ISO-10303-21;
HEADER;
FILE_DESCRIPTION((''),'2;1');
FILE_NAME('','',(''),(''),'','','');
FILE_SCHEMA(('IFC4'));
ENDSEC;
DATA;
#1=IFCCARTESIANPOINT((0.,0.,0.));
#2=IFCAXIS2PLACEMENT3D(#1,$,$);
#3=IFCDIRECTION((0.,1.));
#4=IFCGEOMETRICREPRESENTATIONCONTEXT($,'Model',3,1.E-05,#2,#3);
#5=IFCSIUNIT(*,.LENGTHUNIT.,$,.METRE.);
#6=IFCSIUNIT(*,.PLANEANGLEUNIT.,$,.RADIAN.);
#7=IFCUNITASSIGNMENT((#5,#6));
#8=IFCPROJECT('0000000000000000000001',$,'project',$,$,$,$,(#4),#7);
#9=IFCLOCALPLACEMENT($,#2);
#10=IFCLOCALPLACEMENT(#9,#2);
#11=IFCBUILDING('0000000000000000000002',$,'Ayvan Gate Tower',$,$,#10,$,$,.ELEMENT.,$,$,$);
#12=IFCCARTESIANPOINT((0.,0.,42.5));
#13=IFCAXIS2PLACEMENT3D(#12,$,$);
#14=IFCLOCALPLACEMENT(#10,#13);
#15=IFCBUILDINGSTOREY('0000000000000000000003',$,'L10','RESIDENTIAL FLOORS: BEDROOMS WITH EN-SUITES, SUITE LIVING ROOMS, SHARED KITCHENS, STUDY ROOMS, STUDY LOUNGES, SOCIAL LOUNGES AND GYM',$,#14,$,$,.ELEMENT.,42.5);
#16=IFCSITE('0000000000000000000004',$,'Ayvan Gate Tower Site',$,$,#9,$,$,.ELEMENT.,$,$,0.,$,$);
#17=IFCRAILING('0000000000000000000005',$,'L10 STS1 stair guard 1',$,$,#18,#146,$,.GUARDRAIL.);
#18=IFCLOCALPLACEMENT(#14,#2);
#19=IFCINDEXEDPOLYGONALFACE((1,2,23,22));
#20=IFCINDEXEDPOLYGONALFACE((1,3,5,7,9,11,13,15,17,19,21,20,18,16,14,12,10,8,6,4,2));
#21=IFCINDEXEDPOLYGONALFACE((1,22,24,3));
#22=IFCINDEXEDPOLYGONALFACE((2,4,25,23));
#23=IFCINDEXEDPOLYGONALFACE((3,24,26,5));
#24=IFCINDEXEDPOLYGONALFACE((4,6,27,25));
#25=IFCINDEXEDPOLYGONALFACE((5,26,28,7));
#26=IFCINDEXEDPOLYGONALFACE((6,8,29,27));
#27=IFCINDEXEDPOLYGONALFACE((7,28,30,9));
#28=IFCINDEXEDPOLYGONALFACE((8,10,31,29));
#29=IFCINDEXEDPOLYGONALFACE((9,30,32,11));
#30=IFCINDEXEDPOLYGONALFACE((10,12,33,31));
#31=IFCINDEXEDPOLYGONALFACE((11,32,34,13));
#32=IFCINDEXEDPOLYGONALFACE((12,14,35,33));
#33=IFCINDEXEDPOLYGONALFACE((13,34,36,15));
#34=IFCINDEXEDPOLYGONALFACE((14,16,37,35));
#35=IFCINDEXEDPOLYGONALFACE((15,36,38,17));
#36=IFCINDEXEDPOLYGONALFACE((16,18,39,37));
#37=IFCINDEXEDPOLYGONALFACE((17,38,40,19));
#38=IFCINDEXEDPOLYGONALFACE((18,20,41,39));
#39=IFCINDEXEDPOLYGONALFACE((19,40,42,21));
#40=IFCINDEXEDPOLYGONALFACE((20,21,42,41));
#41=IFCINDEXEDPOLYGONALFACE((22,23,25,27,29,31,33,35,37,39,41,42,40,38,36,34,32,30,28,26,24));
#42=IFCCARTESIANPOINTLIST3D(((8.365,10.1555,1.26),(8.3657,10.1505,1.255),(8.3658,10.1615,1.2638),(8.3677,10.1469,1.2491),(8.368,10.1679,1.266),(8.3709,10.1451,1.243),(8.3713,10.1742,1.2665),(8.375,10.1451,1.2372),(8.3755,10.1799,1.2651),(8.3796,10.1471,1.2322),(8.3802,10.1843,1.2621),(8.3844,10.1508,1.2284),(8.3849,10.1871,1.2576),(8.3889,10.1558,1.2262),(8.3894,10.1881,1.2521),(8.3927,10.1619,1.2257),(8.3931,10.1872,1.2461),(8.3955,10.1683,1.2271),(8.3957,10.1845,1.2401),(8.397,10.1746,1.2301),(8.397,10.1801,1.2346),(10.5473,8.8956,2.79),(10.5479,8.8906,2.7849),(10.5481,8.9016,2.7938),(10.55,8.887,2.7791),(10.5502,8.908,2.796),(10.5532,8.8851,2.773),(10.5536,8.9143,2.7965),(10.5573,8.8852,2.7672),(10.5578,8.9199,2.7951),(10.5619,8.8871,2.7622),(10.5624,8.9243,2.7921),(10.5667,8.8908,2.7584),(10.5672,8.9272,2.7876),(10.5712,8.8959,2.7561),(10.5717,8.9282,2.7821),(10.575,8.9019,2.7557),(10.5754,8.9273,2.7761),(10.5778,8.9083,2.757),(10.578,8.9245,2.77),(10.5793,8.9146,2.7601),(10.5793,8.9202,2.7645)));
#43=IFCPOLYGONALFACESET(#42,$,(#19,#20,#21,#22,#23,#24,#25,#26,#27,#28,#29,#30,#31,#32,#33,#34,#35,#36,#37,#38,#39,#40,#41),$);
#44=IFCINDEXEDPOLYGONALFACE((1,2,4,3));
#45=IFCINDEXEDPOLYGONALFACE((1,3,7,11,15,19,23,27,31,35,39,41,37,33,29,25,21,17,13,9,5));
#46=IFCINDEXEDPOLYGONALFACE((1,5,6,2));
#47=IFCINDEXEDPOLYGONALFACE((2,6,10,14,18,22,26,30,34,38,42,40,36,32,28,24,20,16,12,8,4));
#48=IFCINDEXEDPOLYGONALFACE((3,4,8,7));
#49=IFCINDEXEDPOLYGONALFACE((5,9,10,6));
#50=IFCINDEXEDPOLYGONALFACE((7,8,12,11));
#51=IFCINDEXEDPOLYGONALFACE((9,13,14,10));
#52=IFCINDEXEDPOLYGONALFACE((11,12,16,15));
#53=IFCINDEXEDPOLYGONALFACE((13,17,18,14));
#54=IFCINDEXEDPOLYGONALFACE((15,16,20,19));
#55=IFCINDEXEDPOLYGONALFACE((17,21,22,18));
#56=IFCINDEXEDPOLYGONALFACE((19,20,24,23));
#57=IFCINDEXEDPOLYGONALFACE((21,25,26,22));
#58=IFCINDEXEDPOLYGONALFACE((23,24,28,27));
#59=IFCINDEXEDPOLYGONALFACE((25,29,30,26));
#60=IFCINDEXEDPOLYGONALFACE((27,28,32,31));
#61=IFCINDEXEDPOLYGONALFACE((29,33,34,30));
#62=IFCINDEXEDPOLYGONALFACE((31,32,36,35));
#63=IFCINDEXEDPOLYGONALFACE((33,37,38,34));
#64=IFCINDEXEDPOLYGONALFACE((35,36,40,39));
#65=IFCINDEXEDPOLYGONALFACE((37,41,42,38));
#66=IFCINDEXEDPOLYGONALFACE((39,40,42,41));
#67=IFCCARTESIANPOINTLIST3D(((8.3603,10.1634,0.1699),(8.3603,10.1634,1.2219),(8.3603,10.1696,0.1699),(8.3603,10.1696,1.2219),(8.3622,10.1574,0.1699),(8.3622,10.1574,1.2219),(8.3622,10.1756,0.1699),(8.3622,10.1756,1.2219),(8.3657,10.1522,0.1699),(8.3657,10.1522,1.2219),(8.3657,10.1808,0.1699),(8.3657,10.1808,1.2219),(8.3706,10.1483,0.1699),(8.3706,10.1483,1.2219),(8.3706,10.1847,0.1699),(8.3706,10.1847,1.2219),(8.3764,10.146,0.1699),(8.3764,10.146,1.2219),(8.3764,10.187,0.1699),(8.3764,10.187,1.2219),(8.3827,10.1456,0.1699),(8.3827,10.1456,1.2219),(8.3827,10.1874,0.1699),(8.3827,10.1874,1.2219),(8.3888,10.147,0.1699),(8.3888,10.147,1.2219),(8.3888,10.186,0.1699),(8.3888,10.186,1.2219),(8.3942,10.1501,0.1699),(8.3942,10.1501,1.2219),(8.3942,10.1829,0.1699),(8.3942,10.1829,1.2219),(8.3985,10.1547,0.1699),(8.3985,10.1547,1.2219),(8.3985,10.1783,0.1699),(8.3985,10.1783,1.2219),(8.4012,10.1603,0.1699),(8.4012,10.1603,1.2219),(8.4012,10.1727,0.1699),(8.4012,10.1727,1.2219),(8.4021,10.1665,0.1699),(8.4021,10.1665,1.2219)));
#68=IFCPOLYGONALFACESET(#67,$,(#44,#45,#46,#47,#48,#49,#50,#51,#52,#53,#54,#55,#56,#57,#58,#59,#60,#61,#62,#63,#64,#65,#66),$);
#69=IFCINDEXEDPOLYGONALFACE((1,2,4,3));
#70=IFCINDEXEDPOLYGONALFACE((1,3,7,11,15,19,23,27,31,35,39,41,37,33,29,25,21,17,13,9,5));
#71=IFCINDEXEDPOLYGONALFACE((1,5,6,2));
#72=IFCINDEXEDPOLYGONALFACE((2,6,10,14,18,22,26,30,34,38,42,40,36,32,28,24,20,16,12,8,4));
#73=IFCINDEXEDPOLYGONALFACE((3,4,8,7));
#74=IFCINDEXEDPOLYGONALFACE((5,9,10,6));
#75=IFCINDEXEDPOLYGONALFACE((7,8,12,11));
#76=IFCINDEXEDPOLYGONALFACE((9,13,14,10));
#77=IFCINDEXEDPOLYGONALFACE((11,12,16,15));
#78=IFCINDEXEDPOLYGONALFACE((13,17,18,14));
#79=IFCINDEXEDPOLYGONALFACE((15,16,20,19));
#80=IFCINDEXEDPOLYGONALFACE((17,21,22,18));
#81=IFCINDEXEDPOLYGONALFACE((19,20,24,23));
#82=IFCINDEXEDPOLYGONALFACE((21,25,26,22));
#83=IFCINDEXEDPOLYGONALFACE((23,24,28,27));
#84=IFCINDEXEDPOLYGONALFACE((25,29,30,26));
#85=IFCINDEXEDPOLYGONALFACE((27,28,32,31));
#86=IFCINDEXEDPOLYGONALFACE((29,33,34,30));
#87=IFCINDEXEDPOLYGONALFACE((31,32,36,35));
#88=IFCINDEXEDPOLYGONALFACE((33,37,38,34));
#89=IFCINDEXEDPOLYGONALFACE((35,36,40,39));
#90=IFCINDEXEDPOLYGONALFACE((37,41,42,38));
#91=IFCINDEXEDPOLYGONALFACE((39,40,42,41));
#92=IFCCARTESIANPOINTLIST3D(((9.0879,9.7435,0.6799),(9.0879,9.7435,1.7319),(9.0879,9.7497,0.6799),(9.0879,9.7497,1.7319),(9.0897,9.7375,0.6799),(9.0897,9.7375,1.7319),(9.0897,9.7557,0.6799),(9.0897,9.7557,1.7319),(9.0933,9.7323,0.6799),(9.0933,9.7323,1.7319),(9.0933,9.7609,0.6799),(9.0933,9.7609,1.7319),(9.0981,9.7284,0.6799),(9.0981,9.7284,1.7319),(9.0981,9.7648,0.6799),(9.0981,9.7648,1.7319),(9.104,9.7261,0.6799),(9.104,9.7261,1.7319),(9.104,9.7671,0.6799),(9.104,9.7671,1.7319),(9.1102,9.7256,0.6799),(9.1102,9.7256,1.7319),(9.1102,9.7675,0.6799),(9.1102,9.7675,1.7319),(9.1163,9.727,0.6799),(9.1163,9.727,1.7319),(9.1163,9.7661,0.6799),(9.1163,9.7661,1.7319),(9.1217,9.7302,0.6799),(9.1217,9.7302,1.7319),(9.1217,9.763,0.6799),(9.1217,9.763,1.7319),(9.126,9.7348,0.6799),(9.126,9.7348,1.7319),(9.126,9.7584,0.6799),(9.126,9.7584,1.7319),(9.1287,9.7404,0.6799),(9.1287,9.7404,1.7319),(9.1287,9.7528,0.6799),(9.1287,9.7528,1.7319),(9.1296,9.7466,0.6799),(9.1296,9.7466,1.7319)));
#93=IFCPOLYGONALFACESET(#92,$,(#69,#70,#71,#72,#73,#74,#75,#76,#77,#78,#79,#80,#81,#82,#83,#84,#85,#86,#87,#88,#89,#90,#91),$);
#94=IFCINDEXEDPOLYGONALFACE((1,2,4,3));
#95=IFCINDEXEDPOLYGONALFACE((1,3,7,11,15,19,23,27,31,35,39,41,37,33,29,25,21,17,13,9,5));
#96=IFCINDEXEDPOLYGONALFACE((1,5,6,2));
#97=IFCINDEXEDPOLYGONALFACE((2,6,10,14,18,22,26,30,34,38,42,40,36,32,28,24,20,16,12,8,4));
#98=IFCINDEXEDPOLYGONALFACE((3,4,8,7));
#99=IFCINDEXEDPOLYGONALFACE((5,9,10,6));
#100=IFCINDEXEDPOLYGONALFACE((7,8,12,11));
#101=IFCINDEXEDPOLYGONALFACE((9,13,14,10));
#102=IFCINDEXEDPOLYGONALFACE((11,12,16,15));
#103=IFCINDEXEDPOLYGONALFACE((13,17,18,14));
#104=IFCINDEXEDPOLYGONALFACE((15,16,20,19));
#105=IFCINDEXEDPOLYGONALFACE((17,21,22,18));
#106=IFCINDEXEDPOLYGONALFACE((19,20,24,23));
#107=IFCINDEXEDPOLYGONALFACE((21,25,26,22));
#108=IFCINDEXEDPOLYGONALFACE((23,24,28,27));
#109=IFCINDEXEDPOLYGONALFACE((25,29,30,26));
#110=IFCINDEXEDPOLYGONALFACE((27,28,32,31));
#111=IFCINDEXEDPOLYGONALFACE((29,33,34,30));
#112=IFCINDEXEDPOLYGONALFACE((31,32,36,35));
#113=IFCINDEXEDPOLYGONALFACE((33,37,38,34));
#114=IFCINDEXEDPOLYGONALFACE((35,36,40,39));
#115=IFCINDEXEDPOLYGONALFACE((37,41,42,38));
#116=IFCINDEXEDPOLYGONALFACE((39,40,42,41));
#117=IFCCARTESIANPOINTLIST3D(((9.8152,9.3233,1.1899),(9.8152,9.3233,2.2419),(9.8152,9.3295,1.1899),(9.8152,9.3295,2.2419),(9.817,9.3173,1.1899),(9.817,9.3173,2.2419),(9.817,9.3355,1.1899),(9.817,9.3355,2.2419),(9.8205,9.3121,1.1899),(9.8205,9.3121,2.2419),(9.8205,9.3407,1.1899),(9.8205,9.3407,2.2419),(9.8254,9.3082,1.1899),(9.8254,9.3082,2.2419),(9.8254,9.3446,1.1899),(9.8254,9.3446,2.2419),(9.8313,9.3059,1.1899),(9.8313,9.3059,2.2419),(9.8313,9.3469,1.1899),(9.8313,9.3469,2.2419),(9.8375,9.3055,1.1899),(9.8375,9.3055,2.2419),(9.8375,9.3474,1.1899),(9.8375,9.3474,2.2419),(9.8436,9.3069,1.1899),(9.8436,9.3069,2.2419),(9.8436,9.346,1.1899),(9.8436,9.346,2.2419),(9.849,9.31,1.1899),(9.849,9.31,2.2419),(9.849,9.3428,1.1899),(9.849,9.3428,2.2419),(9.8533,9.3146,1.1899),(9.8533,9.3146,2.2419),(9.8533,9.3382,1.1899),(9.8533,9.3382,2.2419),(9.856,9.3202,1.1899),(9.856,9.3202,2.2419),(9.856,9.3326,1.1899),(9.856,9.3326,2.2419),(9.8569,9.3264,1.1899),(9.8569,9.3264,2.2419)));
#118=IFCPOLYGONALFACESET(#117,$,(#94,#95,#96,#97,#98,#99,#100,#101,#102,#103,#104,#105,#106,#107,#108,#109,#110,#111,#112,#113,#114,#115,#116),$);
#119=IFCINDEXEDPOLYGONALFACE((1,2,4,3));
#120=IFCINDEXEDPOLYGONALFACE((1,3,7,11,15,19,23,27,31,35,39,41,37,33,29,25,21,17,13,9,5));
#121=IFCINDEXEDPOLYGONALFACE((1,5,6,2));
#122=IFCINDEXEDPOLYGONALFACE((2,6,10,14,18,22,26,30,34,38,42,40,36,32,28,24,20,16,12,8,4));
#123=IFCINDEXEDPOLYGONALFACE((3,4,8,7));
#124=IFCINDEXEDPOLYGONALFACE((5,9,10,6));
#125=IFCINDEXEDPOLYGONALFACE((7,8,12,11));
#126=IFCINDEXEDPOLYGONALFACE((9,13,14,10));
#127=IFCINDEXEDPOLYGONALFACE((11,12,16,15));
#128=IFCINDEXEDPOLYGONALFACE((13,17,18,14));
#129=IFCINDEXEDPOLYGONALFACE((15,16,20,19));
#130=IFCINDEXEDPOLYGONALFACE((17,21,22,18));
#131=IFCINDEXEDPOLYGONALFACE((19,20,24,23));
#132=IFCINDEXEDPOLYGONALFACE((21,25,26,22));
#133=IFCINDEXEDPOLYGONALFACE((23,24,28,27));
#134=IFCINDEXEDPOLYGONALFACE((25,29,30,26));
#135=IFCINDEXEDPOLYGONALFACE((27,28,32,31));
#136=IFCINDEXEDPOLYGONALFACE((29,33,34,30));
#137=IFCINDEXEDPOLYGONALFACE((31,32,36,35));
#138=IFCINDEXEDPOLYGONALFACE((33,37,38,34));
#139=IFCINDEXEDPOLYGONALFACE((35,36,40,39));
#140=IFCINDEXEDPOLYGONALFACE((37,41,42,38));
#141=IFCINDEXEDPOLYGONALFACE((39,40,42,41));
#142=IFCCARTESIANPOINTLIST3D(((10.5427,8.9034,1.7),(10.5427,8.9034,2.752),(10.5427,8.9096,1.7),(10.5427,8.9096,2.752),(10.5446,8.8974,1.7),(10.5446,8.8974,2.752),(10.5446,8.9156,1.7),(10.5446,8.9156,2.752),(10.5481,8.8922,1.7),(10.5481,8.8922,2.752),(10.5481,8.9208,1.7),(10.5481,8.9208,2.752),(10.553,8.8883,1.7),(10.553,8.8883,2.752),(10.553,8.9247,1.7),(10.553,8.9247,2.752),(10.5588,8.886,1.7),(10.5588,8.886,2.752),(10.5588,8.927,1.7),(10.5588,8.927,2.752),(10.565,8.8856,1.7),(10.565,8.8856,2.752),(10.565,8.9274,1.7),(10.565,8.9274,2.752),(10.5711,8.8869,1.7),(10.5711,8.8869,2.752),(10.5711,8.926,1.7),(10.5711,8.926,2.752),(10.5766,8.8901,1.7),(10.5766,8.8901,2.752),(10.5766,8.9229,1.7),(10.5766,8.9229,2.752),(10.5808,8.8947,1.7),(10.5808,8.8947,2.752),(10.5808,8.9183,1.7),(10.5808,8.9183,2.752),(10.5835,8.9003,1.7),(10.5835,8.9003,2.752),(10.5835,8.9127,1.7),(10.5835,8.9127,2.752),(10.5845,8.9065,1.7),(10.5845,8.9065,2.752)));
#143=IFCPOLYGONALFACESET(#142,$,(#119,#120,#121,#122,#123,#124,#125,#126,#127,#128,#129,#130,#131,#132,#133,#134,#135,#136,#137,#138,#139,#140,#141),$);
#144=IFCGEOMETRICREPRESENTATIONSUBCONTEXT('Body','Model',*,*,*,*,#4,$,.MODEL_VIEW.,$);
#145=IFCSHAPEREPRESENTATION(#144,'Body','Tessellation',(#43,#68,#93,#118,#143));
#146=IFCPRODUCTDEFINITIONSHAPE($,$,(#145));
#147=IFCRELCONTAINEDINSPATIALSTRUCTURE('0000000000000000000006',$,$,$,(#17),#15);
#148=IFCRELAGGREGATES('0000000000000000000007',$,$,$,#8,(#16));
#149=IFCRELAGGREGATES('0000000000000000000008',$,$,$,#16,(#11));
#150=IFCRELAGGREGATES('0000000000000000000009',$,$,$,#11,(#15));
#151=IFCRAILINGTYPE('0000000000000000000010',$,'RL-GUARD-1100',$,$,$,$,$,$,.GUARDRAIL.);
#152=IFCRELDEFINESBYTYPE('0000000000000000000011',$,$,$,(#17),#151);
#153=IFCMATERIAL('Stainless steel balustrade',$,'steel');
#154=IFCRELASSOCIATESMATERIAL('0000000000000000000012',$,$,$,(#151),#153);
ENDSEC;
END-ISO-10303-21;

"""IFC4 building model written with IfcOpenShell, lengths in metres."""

from ifc_helpers import new_model, si_unit, direction, frame, origin, origin_2d, place, context, subcontext, project, spatial, circle, extrude, material, type_object, element, save


model = new_model("IFC4")

# Units and contexts
model_context = context("Model", 3, precision=1e-05, world=origin(), true_north=direction((0.0, 1.0)))
body_context = subcontext(model_context, "Body", "Model", "MODEL_VIEW")
ifc_project = project(units=[si_unit("LENGTHUNIT", "METRE"), si_unit("PLANEANGLEUNIT", "RADIAN")], contexts=[model_context])

# Site, building, storey
site_placement = place(None, origin())
site = spatial("IfcSite", under=ifc_project, at=site_placement, Name="Ayvan Gate Tower Site", CompositionType="ELEMENT", RefElevation=0.0)
building_placement = place(site_placement, origin())
building = spatial("IfcBuilding", under=site, at=building_placement, Name="Ayvan Gate Tower", CompositionType="ELEMENT")
storey_placement = place(building_placement, frame((0.0, 0.0, 42.5)))
storey = spatial("IfcBuildingStorey", under=building, at=storey_placement, Name="L10", Description="RESIDENTIAL FLOORS: BEDROOMS WITH EN-SUITES, SUITE LIVING ROOMS, SHARED KITCHENS, STUDY ROOMS, STUDY LOUNGES, SOCIAL LOUNGES AND GYM", CompositionType="ELEMENT", Elevation=42.5)

# Railing
ifc_material_1 = material(Name="Stainless steel balustrade", Category="steel")
railing_type_1 = type_object("IfcRailingType", Name="RL-GUARD-1100", PredefinedType="GUARDRAIL", material=ifc_material_1)
railing_1_placement = place(storey_placement, frame((8.3811, 10.1665, 0.1699)))
element("IfcRailing", 1, at=railing_1_placement, inside=storey, type_object=railing_type_1, Name="L10 STS1 stair guard 1", PredefinedType="GUARDRAIL", context=body_context, shape_type="SweptSolid", body=[
    extrude(circle(Radius=0.0239, at=origin_2d()), frame((0.0, 0.0, 1.0762), z_axis=(0.740261, -0.427395, 0.518986), x_axis=(0.500005, 0.866023, 0.0)), (0.0, 0.0, 1.0), 2.948),
    extrude(circle(Radius=0.021, at=origin_2d()), origin(), (0.0, 0.0, 1.0), 1.052),
    extrude(circle(Radius=0.021, at=origin_2d()), frame((0.7275, -0.4199, 0.51)), (0.0, 0.0, 1.0), 1.052),
    extrude(circle(Radius=0.021, at=origin_2d()), frame((1.4548, -0.8401, 1.02)), (0.0, 0.0, 1.0), 1.052),
    extrude(circle(Radius=0.021, at=origin_2d()), frame((2.1824, -1.26, 1.53)), (0.0, 0.0, 1.0), 1.052),
])

save(model, "model.ifc")
